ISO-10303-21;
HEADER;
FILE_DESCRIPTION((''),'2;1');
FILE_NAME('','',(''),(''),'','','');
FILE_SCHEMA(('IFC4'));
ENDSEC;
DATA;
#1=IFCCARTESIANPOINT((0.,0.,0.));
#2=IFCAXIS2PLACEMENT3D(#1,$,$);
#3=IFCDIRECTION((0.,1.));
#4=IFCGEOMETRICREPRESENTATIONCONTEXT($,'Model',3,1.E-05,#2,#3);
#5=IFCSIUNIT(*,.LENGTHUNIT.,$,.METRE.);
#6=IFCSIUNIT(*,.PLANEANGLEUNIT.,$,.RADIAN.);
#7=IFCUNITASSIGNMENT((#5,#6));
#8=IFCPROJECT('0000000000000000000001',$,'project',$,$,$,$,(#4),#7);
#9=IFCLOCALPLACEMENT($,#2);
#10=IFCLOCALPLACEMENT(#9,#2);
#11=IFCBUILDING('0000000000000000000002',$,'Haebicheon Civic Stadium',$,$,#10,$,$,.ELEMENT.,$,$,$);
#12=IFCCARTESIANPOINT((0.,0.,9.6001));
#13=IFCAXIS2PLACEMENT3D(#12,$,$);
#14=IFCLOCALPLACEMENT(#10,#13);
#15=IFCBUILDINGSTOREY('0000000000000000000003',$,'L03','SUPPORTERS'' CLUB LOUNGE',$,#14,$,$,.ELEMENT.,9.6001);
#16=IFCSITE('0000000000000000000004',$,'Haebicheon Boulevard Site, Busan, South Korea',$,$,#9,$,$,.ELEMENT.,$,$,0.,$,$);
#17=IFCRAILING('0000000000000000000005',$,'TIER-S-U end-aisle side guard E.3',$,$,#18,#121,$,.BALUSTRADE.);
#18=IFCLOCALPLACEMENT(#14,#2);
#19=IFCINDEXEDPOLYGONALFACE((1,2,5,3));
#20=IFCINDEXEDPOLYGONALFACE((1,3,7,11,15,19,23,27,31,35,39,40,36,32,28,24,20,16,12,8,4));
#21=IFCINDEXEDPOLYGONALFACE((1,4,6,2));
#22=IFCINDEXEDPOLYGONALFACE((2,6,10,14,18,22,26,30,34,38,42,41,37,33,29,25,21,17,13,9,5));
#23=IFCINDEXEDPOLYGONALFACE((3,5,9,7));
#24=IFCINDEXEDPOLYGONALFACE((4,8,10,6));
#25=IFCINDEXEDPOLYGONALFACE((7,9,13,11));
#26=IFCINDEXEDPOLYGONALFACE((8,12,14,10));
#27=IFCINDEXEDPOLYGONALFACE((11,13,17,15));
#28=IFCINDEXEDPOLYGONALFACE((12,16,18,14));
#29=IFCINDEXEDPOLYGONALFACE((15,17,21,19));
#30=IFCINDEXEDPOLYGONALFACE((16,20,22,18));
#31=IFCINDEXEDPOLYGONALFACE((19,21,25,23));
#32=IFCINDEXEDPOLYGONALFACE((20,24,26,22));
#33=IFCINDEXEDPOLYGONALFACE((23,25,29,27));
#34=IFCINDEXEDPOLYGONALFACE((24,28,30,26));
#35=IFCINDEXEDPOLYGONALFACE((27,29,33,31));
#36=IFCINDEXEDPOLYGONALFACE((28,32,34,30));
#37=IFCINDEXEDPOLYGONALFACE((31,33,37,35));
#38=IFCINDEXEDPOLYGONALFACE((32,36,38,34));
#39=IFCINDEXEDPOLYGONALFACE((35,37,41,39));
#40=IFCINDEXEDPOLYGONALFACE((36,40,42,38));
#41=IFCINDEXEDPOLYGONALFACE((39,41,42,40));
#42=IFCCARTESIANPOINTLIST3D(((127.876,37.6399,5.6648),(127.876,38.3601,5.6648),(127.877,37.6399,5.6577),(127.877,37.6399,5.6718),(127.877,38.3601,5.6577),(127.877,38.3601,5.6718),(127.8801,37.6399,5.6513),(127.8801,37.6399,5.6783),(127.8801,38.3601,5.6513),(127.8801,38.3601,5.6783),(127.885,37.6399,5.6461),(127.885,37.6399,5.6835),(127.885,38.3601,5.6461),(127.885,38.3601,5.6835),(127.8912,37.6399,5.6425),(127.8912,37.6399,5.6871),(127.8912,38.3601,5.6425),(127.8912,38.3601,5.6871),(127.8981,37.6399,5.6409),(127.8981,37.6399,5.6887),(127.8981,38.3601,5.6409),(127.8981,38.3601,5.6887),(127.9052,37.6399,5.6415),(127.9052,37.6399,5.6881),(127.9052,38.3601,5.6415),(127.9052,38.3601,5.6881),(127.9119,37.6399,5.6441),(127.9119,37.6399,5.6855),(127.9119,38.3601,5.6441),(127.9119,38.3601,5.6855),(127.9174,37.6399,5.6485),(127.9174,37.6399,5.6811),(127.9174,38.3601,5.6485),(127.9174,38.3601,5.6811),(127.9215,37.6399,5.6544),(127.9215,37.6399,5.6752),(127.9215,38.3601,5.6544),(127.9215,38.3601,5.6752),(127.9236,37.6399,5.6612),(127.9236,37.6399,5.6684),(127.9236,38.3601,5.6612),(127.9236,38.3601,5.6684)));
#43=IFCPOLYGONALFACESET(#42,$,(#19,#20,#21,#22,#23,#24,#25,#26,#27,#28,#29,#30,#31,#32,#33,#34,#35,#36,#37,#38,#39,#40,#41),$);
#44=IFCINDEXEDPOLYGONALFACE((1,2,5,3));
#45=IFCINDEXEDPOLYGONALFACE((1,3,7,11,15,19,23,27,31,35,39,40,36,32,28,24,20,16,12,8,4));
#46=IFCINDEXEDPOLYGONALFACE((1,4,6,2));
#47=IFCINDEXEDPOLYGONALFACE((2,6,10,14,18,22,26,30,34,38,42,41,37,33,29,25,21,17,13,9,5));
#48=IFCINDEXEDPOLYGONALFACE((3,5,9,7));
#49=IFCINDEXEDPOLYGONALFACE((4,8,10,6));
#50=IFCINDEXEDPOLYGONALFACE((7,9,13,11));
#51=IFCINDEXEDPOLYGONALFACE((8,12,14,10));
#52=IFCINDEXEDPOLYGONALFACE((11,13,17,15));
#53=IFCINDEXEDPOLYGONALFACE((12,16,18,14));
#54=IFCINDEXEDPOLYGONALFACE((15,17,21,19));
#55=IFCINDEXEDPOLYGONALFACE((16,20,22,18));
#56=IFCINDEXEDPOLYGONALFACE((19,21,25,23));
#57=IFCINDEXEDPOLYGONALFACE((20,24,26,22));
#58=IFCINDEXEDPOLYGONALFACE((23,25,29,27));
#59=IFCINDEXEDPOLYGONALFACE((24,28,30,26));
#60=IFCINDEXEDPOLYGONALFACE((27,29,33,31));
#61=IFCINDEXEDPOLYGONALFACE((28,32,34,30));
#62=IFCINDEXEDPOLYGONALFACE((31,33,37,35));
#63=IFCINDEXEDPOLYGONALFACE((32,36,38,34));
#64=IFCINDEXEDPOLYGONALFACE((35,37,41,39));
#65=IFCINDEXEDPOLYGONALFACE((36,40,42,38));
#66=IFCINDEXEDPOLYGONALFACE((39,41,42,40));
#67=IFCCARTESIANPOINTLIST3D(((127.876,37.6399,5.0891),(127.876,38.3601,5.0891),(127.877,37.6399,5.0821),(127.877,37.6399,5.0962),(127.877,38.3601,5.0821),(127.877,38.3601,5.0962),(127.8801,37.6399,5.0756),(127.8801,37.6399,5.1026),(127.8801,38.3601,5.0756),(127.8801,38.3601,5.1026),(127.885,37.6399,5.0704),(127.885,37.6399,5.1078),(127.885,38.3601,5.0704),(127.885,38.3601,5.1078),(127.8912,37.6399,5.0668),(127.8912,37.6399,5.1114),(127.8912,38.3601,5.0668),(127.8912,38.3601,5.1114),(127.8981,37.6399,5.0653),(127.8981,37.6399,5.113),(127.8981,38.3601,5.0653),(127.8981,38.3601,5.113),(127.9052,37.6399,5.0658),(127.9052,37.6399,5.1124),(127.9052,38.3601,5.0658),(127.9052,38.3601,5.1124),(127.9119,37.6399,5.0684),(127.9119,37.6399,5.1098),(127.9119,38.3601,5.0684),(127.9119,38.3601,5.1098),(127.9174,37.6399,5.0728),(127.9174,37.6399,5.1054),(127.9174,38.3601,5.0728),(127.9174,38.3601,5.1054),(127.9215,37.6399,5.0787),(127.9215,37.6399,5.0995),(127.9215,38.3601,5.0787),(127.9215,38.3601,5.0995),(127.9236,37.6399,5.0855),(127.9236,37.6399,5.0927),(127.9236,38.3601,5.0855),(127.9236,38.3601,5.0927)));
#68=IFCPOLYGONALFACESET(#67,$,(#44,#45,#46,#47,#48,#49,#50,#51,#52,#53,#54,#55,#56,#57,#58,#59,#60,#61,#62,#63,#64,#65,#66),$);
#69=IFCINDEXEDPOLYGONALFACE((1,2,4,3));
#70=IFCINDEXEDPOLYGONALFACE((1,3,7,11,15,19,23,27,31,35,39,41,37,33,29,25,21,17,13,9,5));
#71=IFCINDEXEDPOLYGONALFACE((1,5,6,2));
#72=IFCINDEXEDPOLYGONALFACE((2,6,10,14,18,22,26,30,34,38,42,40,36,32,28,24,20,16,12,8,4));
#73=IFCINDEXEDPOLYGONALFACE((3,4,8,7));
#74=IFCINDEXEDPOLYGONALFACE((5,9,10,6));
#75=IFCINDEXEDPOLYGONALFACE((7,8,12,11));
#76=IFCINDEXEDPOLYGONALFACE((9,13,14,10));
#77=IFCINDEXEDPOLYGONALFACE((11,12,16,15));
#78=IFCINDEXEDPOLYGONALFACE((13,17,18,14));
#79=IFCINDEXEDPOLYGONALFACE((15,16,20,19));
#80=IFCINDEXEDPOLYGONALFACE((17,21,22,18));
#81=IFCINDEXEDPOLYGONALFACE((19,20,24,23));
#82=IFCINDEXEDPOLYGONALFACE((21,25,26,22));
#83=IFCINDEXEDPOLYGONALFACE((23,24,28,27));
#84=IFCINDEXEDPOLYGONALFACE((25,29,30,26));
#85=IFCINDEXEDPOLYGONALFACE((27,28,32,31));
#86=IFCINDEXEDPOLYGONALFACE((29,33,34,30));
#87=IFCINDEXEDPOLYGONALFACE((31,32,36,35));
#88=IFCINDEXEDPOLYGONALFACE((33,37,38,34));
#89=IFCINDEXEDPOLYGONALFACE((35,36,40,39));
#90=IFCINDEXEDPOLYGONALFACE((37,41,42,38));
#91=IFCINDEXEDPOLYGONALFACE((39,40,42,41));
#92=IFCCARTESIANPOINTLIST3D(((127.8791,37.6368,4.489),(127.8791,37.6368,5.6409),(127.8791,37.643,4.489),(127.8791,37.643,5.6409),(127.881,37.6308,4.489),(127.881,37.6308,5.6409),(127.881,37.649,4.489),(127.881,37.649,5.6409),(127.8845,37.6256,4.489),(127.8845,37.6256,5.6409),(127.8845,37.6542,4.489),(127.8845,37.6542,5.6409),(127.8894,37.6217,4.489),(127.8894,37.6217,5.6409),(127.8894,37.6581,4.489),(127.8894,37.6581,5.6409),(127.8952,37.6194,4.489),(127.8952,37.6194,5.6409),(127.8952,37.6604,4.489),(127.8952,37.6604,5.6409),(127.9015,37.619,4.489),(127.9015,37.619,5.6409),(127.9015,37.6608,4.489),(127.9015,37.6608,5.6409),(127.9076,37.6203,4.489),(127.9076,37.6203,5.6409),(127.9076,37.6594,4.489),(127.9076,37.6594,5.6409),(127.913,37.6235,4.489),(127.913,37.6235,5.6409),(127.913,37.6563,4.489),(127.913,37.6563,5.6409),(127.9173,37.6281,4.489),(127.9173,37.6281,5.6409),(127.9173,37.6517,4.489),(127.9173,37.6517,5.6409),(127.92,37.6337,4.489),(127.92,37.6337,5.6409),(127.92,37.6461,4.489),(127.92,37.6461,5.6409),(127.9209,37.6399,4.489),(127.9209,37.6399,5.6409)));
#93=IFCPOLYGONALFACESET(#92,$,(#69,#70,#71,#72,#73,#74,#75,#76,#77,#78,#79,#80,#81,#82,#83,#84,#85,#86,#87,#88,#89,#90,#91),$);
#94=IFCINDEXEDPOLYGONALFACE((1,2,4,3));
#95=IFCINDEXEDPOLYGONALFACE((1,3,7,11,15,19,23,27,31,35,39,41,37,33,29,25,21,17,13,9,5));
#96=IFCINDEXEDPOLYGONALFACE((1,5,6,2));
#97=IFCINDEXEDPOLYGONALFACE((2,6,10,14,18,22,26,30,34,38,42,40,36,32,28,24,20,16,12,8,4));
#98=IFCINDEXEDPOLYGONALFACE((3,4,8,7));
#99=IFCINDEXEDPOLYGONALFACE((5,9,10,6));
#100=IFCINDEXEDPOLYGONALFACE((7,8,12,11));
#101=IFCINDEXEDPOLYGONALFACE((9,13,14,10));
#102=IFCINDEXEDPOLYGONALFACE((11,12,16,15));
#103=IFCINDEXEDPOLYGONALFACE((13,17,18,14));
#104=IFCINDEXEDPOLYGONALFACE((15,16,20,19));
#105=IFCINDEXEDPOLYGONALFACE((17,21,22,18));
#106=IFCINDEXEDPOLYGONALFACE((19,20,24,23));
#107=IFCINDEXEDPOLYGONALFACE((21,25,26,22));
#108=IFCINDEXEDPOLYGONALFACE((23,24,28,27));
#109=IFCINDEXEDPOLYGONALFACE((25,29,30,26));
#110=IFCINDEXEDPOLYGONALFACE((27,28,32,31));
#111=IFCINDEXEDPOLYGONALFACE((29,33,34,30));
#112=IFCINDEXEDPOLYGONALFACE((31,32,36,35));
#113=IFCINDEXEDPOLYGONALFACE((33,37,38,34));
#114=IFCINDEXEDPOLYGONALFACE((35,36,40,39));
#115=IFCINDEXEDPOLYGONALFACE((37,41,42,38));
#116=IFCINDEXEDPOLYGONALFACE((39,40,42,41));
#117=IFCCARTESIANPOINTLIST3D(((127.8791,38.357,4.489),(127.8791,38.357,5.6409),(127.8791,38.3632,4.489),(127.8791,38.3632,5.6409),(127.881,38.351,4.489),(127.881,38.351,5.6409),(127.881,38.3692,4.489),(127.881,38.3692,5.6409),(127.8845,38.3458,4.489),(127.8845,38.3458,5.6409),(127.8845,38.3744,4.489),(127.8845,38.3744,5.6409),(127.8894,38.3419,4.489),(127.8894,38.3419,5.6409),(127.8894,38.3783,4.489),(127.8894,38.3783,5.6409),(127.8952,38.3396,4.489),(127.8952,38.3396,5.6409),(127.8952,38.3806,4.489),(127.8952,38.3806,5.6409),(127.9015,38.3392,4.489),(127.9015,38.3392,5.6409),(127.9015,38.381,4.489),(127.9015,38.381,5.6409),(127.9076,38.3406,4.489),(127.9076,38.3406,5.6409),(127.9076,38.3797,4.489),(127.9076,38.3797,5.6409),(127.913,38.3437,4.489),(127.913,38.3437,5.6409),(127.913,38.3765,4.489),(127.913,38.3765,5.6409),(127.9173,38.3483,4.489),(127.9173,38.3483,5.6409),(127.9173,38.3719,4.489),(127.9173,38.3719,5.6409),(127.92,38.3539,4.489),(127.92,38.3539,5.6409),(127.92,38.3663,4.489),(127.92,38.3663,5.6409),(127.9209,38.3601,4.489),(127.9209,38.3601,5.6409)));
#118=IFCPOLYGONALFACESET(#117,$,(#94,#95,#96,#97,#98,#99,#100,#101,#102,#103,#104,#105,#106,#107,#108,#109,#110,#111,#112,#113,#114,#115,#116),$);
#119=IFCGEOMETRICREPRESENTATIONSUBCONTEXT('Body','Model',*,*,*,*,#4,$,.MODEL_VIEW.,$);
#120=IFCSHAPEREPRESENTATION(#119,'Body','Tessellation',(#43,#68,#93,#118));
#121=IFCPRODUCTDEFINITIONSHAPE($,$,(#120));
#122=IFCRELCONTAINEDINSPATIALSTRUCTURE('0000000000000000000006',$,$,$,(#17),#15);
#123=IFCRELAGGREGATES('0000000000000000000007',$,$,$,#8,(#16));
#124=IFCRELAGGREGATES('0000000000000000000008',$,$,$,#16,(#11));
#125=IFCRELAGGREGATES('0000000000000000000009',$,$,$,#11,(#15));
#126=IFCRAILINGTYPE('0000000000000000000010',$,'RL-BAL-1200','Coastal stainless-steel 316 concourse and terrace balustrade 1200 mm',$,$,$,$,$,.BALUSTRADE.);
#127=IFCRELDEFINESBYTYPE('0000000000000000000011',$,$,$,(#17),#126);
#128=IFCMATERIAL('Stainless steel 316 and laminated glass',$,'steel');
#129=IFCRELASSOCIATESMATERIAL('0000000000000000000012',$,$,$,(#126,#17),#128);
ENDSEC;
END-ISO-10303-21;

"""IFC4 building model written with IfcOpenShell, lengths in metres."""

from ifc_helpers import new_model, si_unit, direction, frame, origin, origin_2d, place, context, subcontext, project, spatial, circle, extrude, material, type_object, element, save


model = new_model("IFC4")

# Units and contexts
model_context = context("Model", 3, precision=1e-05, world=origin(), true_north=direction((0.0, 1.0)))
body_context = subcontext(model_context, "Body", "Model", "MODEL_VIEW")
ifc_project = project(units=[si_unit("LENGTHUNIT", "METRE"), si_unit("PLANEANGLEUNIT", "RADIAN")], contexts=[model_context])

# Site, building, storey
site_placement = place(None, origin())
site = spatial("IfcSite", under=ifc_project, at=site_placement, Name="Haebicheon Boulevard Site, Busan, South Korea", CompositionType="ELEMENT", RefElevation=0.0)
building_placement = place(site_placement, origin())
building = spatial("IfcBuilding", under=site, at=building_placement, Name="Haebicheon Civic Stadium", CompositionType="ELEMENT")
storey_placement = place(building_placement, frame((0.0, 0.0, 9.6001)))
storey = spatial("IfcBuildingStorey", under=building, at=storey_placement, Name="L03", Description="SUPPORTERS' CLUB LOUNGE", CompositionType="ELEMENT", Elevation=9.6001)

# Railing
ifc_material_1 = material(Name="Stainless steel 316 and laminated glass", Category="steel")
railing_type_1 = type_object("IfcRailingType", Name="RL-BAL-1200", Description="Coastal stainless-steel 316 concourse and terrace balustrade 1200 mm", PredefinedType="BALUSTRADE", material=ifc_material_1)
railing_1_placement = place(storey_placement, frame((127.8999, 37.6399, 4.489)))
element("IfcRailing", 1, at=railing_1_placement, inside=storey, type_object=railing_type_1, material=ifc_material_1, Name="TIER-S-U end-aisle side guard E.3", PredefinedType="BALUSTRADE", context=body_context, shape_type="SweptSolid", body=[
    extrude(circle(Radius=0.0239, at=origin_2d()), frame((0.0, 0.0, 1.1758), z_axis=(0.0, 1.0, 0.0), x_axis=(-1.0, 0.0, 0.0)), (0.0, 0.0, 1.0), 0.7202),
    extrude(circle(Radius=0.0239, at=origin_2d()), frame((0.0, 0.0, 0.6001), z_axis=(0.0, 1.0, 0.0), x_axis=(-1.0, 0.0, 0.0)), (0.0, 0.0, 1.0), 0.7202),
    extrude(circle(Radius=0.021, at=origin_2d()), origin(), (0.0, 0.0, 1.0), 1.1519),
    extrude(circle(Radius=0.021, at=origin_2d()), frame((0.0, 0.7202, 0.0)), (0.0, 0.0, 1.0), 1.1519),
])

save(model, "model.ifc")
